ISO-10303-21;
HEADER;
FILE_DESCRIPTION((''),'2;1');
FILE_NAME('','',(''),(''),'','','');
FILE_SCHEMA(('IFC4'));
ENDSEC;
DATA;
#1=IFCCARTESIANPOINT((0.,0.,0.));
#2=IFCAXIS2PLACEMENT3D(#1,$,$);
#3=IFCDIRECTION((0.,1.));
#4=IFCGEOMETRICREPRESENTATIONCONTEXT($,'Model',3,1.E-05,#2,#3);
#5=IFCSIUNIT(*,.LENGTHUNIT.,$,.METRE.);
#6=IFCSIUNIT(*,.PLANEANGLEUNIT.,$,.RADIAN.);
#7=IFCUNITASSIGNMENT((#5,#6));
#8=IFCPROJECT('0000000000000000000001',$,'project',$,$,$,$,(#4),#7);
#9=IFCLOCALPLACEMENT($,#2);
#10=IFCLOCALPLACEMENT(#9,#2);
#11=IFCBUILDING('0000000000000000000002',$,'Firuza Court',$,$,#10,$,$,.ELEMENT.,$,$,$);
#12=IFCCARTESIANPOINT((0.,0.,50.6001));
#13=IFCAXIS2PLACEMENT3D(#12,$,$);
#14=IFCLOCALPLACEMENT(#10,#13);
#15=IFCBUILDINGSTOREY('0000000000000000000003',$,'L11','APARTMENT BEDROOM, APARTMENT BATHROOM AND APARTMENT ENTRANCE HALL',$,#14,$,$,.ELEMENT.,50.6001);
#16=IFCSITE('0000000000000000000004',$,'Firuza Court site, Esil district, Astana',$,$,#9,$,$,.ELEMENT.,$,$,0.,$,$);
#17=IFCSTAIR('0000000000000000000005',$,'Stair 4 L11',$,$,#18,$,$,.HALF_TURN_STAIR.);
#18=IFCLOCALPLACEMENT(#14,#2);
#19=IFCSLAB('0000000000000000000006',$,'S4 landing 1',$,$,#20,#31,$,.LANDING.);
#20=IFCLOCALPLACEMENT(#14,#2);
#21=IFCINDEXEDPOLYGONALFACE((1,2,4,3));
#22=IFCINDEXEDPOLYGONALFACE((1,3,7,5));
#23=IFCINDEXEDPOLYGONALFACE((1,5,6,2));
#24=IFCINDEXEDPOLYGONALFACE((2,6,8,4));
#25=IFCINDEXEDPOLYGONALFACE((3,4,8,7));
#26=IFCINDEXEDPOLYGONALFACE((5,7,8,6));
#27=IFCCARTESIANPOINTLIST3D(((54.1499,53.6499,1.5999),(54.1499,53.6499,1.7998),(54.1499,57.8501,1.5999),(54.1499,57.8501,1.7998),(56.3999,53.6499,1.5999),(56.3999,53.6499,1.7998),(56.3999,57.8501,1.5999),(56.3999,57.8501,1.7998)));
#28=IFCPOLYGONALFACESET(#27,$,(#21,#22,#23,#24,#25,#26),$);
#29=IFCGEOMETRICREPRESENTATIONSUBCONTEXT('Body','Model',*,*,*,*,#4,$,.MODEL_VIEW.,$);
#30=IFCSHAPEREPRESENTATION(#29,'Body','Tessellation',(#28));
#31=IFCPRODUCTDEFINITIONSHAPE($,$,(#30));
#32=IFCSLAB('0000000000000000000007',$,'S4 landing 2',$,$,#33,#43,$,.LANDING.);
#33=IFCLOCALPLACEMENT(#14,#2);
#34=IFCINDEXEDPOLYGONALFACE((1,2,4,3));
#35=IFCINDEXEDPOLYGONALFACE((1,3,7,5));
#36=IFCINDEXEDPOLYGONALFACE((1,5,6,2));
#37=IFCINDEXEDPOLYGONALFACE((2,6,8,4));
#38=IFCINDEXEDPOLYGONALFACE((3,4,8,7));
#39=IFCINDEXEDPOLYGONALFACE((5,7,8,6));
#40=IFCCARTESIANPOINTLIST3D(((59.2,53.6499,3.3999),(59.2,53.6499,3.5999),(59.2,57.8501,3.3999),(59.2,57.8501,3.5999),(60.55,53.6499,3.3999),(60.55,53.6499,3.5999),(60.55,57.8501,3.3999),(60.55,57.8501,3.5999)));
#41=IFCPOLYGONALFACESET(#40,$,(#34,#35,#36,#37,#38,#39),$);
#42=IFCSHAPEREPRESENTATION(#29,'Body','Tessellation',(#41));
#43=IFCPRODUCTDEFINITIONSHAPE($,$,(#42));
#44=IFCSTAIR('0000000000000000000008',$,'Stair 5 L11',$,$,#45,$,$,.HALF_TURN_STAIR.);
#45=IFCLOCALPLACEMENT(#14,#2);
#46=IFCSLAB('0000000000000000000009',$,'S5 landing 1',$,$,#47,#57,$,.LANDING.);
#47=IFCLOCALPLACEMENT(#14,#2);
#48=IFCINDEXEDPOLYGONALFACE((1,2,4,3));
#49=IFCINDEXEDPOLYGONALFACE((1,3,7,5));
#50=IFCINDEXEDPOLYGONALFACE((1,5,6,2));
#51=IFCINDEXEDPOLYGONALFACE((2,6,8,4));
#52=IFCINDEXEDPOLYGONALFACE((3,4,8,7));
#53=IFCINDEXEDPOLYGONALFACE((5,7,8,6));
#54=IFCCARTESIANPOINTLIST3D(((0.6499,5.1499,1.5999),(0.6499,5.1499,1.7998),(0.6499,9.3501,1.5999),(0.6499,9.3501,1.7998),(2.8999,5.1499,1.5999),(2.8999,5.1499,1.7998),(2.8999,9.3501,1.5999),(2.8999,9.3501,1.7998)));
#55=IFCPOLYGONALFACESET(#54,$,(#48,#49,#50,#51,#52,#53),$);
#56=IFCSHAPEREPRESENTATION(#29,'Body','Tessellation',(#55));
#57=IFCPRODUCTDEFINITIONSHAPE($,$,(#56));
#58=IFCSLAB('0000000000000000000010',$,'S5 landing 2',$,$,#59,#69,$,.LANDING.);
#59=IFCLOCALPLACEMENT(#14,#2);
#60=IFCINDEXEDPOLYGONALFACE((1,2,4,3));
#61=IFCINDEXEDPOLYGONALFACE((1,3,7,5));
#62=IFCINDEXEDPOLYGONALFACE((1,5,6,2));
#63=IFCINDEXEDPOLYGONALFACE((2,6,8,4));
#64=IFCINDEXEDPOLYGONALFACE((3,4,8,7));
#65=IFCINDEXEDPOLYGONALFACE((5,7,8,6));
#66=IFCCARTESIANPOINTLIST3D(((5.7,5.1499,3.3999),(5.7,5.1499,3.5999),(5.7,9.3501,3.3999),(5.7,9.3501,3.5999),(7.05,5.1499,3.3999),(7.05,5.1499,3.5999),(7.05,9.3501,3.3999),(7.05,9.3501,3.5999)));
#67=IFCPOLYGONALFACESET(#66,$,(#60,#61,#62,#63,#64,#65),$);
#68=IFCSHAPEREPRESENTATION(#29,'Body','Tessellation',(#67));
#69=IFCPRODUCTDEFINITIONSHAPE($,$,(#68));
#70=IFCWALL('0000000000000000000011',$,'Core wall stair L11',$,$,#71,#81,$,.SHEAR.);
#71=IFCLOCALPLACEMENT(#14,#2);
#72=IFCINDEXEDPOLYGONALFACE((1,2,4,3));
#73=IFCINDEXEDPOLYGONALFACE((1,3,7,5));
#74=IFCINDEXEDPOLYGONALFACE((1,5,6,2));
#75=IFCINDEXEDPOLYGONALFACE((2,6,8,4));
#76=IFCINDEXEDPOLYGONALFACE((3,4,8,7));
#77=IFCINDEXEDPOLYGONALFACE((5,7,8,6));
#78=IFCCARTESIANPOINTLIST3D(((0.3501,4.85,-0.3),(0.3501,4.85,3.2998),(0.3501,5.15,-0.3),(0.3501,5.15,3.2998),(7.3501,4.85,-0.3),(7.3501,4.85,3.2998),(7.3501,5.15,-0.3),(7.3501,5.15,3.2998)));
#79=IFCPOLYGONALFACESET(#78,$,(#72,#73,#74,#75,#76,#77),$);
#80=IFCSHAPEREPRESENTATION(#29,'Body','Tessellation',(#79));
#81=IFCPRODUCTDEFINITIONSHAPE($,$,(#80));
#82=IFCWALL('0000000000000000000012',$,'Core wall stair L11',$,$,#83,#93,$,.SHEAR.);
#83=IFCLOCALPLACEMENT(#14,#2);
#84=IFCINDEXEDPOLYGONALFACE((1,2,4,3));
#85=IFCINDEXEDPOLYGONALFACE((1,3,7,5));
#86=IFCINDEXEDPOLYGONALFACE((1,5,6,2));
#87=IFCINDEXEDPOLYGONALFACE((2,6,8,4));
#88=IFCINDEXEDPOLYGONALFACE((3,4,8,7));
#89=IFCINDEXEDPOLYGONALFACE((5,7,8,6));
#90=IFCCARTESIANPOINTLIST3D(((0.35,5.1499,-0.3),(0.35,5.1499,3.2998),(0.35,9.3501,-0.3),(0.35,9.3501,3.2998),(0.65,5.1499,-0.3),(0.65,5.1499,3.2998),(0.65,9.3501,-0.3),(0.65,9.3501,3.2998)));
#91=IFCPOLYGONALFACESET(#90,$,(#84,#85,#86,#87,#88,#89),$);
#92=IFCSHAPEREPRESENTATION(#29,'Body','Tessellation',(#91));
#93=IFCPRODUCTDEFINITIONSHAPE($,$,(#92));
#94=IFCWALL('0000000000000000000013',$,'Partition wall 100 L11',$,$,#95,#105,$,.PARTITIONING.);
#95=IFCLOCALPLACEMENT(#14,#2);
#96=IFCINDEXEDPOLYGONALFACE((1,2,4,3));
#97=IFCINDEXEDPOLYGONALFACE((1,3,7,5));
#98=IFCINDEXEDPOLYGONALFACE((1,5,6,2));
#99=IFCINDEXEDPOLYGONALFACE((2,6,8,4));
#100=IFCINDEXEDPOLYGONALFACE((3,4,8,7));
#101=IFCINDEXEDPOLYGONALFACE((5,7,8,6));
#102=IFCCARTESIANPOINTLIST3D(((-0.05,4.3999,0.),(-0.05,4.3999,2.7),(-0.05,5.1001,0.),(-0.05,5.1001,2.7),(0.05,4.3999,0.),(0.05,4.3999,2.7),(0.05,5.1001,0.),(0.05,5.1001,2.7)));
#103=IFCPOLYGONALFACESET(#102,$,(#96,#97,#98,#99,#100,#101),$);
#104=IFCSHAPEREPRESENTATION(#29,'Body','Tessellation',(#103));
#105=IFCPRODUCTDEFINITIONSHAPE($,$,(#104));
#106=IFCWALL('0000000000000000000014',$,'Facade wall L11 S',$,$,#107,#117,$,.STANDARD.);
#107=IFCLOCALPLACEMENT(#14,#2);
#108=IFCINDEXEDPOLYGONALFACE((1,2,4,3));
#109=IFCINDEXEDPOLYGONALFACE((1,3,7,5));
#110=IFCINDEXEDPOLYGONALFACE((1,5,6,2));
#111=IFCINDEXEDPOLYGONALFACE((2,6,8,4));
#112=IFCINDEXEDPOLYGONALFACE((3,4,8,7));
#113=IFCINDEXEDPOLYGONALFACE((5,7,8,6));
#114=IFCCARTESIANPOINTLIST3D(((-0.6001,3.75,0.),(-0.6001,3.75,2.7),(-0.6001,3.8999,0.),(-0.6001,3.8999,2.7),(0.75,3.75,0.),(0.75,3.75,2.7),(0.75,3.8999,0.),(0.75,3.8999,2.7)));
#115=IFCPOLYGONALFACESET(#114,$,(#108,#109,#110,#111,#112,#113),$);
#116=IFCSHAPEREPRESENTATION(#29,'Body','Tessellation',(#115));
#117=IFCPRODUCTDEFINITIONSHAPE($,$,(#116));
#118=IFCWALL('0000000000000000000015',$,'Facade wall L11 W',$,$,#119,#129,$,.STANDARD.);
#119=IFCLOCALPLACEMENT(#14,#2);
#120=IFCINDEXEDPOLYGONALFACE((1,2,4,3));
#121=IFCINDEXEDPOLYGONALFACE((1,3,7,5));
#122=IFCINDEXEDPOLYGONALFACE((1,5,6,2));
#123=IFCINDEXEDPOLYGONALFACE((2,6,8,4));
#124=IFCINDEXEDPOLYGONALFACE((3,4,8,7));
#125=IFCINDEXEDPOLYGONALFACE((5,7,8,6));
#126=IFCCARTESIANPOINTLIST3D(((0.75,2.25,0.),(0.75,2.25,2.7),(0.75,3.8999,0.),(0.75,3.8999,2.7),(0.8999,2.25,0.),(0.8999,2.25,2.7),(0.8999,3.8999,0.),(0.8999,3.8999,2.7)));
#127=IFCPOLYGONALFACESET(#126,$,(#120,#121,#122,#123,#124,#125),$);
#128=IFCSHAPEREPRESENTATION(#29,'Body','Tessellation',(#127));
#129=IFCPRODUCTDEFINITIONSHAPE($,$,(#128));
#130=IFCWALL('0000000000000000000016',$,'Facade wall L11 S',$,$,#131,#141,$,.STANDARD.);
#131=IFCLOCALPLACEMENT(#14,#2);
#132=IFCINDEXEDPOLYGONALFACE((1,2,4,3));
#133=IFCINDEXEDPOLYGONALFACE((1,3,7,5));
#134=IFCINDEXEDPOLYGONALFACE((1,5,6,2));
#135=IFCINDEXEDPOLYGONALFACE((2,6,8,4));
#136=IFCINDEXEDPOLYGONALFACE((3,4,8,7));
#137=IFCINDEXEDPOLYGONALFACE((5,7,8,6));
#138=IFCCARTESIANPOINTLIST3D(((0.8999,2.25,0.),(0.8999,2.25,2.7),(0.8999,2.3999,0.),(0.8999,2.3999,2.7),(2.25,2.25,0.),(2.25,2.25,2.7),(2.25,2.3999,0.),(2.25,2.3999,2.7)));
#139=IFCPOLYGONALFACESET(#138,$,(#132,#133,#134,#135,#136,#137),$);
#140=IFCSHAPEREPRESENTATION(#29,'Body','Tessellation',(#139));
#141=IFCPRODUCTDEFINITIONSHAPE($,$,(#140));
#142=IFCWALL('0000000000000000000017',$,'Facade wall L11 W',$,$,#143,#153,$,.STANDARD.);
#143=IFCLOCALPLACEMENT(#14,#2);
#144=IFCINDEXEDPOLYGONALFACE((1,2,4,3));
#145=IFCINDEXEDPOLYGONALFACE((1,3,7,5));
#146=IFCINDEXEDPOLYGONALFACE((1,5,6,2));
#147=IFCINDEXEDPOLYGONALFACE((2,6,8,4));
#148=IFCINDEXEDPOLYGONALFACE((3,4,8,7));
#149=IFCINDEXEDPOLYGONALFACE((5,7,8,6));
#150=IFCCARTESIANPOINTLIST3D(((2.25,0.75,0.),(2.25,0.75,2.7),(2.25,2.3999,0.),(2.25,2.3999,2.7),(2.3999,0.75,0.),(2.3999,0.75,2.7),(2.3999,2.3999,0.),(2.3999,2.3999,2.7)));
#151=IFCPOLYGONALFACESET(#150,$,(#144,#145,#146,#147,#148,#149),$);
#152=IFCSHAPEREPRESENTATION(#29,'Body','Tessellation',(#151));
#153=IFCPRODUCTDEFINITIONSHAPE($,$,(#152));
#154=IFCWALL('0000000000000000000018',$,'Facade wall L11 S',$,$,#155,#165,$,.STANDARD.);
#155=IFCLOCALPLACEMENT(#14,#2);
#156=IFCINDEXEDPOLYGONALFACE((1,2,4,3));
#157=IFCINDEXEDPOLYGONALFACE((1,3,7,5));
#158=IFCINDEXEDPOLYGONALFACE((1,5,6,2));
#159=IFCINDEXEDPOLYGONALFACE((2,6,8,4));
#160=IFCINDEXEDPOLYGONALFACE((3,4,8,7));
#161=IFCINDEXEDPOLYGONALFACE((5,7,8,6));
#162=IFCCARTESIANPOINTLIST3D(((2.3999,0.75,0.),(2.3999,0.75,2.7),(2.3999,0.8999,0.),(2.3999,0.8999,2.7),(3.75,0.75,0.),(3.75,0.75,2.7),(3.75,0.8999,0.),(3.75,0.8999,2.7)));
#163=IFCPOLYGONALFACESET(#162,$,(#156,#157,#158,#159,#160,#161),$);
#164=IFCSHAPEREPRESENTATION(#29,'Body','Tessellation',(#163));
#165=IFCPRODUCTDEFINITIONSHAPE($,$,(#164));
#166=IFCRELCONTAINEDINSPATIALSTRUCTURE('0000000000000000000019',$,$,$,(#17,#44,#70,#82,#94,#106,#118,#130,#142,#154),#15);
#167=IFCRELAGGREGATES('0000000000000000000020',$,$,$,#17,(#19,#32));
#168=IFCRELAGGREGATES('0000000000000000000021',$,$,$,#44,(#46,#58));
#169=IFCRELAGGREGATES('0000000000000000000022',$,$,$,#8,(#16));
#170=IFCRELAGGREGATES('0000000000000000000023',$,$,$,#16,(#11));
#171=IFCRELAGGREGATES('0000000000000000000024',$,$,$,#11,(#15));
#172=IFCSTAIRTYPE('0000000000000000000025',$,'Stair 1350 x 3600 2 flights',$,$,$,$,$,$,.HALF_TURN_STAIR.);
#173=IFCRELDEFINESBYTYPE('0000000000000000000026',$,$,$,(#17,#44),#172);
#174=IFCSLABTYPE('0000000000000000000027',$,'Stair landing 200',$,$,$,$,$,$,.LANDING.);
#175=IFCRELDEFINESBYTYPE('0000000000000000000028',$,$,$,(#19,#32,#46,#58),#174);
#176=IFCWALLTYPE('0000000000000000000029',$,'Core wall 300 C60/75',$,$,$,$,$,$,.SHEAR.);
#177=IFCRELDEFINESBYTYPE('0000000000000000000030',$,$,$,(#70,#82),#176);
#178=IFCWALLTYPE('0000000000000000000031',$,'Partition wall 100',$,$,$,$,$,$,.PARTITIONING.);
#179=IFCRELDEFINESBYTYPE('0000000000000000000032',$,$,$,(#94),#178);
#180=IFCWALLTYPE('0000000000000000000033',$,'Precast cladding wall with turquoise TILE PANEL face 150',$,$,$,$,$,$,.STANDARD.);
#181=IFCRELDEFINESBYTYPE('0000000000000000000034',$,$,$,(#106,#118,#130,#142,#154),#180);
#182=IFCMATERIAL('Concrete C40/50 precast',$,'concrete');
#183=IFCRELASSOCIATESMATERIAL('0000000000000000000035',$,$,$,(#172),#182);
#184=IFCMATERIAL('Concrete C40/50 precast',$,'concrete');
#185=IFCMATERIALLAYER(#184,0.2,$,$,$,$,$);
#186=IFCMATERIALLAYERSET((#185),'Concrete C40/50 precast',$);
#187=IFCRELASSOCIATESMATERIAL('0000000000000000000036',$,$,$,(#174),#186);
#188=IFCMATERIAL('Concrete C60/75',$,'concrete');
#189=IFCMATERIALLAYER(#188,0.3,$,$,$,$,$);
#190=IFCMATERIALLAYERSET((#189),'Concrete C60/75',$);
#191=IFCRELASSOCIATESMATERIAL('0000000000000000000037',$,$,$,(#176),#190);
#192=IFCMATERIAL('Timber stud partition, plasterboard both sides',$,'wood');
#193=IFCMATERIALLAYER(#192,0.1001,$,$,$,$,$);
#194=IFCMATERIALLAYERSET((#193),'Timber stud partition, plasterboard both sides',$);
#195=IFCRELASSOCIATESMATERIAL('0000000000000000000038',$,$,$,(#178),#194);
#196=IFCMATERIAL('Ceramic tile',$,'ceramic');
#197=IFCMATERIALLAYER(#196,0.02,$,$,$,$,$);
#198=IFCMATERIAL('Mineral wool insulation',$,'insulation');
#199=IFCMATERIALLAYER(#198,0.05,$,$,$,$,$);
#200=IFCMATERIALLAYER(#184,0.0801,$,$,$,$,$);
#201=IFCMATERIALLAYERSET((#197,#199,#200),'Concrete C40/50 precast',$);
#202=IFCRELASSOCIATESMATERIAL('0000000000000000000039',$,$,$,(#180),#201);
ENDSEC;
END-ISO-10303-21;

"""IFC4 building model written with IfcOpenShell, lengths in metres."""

from ifc_helpers import new_model, si_unit, direction, frame, frame_2d, origin, place, context, subcontext, project, spatial, polyline, rectangle, outline, extrude, material, layer, layer_set, type_object, element, aggregate, save


model = new_model("IFC4")

# Units and contexts
model_context = context("Model", 3, precision=1e-05, world=origin(), true_north=direction((0.0, 1.0)))
body_context = subcontext(model_context, "Body", "Model", "MODEL_VIEW")
ifc_project = project(units=[si_unit("LENGTHUNIT", "METRE"), si_unit("PLANEANGLEUNIT", "RADIAN")], contexts=[model_context])

# Site, building, storey
site_placement = place(None, origin())
site = spatial("IfcSite", under=ifc_project, at=site_placement, Name="Firuza Court site, Esil district, Astana", CompositionType="ELEMENT", RefElevation=0.0)
building_placement = place(site_placement, origin())
building = spatial("IfcBuilding", under=site, at=building_placement, Name="Firuza Court", CompositionType="ELEMENT")
storey_placement = place(building_placement, frame((0.0, 0.0, 50.6001)))
storey = spatial("IfcBuildingStorey", under=building, at=storey_placement, Name="L11", Description="APARTMENT BEDROOM, APARTMENT BATHROOM AND APARTMENT ENTRANCE HALL", CompositionType="ELEMENT", Elevation=50.6001)

# Stairs, slabs
ifc_material_1 = material(Name="Concrete C40/50 precast", Category="concrete")
stair_type = type_object("IfcStairType", Name="Stair 1350 x 3600 2 flights", PredefinedType="HALF_TURN_STAIR", material=ifc_material_1)
ifc_material_2 = material(Name="Concrete C40/50 precast", Category="concrete")
ifc_layer_1 = layer(ifc_material_2, 0.2)
ifc_layer_set_1 = layer_set([ifc_layer_1], Name="Concrete C40/50 precast")
slab_type_1 = type_object("IfcSlabType", Name="Stair landing 200", PredefinedType="LANDING", material=ifc_layer_set_1)
stair_1_placement = place(storey_placement, origin())
stair_1 = element("IfcStair", 1, at=stair_1_placement, inside=storey, type_object=stair_type, Name="Stair 4 L11", PredefinedType="HALF_TURN_STAIR")
slab_1_placement = place(storey_placement, frame((0.0, 0.0, 1.5999)))
slab_1 = element("IfcSlab", 2, at=slab_1_placement, type_object=slab_type_1, Name="S4 landing 1", PredefinedType="LANDING", context=body_context, shape_type="SweptSolid", body=[
    extrude(outline(polyline([(56.3999, 53.6499), (56.3999, 57.8501), (54.1499, 57.8501), (54.1499, 53.6499), (56.3999, 53.6499)])), origin(), (0.0, 0.0, 1.0), 0.2),
])
slab_2_placement = place(storey_placement, frame((0.0, 0.0, 3.3999)))
slab_2 = element("IfcSlab", 3, at=slab_2_placement, type_object=slab_type_1, Name="S4 landing 2", PredefinedType="LANDING", context=body_context, shape_type="SweptSolid", body=[
    extrude(outline(polyline([(60.55, 53.6499), (60.55, 57.8501), (59.2, 57.8501), (59.2, 53.6499), (60.55, 53.6499)])), origin(), (0.0, 0.0, 1.0), 0.2),
])
aggregate(stair_1, [slab_1, slab_2])
stair_2_placement = place(storey_placement, origin())
stair_2 = element("IfcStair", 4, at=stair_2_placement, inside=storey, type_object=stair_type, Name="Stair 5 L11", PredefinedType="HALF_TURN_STAIR")
slab_3_placement = place(storey_placement, frame((0.0, 0.0, 1.5999)))
slab_3 = element("IfcSlab", 5, at=slab_3_placement, type_object=slab_type_1, Name="S5 landing 1", PredefinedType="LANDING", context=body_context, shape_type="SweptSolid", body=[
    extrude(outline(polyline([(2.8999, 5.1499), (2.8999, 9.3501), (0.6499, 9.3501), (0.6499, 5.1499), (2.8999, 5.1499)])), origin(), (0.0, 0.0, 1.0), 0.2),
])
slab_4_placement = place(storey_placement, frame((0.0, 0.0, 3.3999)))
slab_4 = element("IfcSlab", 6, at=slab_4_placement, type_object=slab_type_1, Name="S5 landing 2", PredefinedType="LANDING", context=body_context, shape_type="SweptSolid", body=[
    extrude(outline(polyline([(7.05, 5.1499), (7.05, 9.3501), (5.7, 9.3501), (5.7, 5.1499), (7.05, 5.1499)])), origin(), (0.0, 0.0, 1.0), 0.2),
])
aggregate(stair_2, [slab_3, slab_4])

# Walls
ifc_material_3 = material(Name="Concrete C60/75", Category="concrete")
ifc_layer_2 = layer(ifc_material_3, 0.3)
ifc_layer_set_2 = layer_set([ifc_layer_2], Name="Concrete C60/75")
wall_type_1 = type_object("IfcWallType", Name="Core wall 300 C60/75", PredefinedType="SHEAR", material=ifc_layer_set_2)
wall_1_placement = place(storey_placement, frame((0.3501, 5.0, -0.3), z_axis=(0.0, 0.0, 1.0), x_axis=(1.0, 0.0, 0.0)))
element("IfcWall", 7, at=wall_1_placement, inside=storey, type_object=wall_type_1, Name="Core wall stair L11", PredefinedType="SHEAR", context=body_context, shape_type="SweptSolid", body=[
    extrude(rectangle(XDim=7.0, YDim=0.3, at=frame_2d((3.5, 0.0))), origin(), (0.0, 0.0, 1.0), 3.5999),
])
wall_2_placement = place(storey_placement, frame((0.5, 5.1499, -0.3), z_axis=(0.0, 0.0, 1.0), x_axis=(0.0, 1.0, 0.0)))
element("IfcWall", 8, at=wall_2_placement, inside=storey, type_object=wall_type_1, Name="Core wall stair L11", PredefinedType="SHEAR", context=body_context, shape_type="SweptSolid", body=[
    extrude(rectangle(XDim=4.2002, YDim=0.3, at=frame_2d((2.1001, 0.0))), origin(), (0.0, 0.0, 1.0), 3.5999),
])
ifc_material_4 = material(Name="Timber stud partition, plasterboard both sides", Category="wood")
ifc_layer_3 = layer(ifc_material_4, 0.1001)
ifc_layer_set_3 = layer_set([ifc_layer_3], Name="Timber stud partition, plasterboard both sides")
wall_type_2 = type_object("IfcWallType", Name="Partition wall 100", PredefinedType="PARTITIONING", material=ifc_layer_set_3)
wall_3_placement = place(storey_placement, frame((0.0, 4.3999, 0.0), z_axis=(0.0, 0.0, 1.0), x_axis=(0.0, 1.0, 0.0)))
element("IfcWall", 9, at=wall_3_placement, inside=storey, type_object=wall_type_2, Name="Partition wall 100 L11", PredefinedType="PARTITIONING", context=body_context, shape_type="SweptSolid", body=[
    extrude(rectangle(XDim=0.7002, YDim=0.1001, at=frame_2d((0.3501, 0.0))), origin(), (0.0, 0.0, 1.0), 2.7),
])
ifc_material_5 = material(Name="Ceramic tile", Category="ceramic")
ifc_layer_4 = layer(ifc_material_5, 0.02)
ifc_material_6 = material(Name="Mineral wool insulation", Category="insulation")
ifc_layer_5 = layer(ifc_material_6, 0.05)
ifc_layer_6 = layer(ifc_material_2, 0.0801)
ifc_layer_set_4 = layer_set([ifc_layer_4, ifc_layer_5, ifc_layer_6], Name="Concrete C40/50 precast")
wall_type_3 = type_object("IfcWallType", Name="Precast cladding wall with turquoise TILE PANEL face 150", PredefinedType="STANDARD", material=ifc_layer_set_4)
wall_4_placement = place(storey_placement, frame((-0.6001, 3.825, 0.0), z_axis=(0.0, 0.0, 1.0), x_axis=(1.0, 0.0, 0.0)))
element("IfcWall", 10, at=wall_4_placement, inside=storey, type_object=wall_type_3, Name="Facade wall L11 S", PredefinedType="STANDARD", context=body_context, shape_type="SweptSolid", body=[
    extrude(rectangle(XDim=1.3501, YDim=0.1499, at=frame_2d((0.675, 0.0))), origin(), (0.0, 0.0, 1.0), 2.7),
])
wall_5_placement = place(storey_placement, frame((0.825, 3.8999, 0.0), z_axis=(0.0, 0.0, 1.0), x_axis=(0.0, -1.0, 0.0)))
element("IfcWall", 11, at=wall_5_placement, inside=storey, type_object=wall_type_3, Name="Facade wall L11 W", PredefinedType="STANDARD", context=body_context, shape_type="SweptSolid", body=[
    extrude(rectangle(XDim=1.6499, YDim=0.1499, at=frame_2d((0.825, 0.0))), origin(), (0.0, 0.0, 1.0), 2.7),
])
wall_6_placement = place(storey_placement, frame((0.8999, 2.325, 0.0), z_axis=(0.0, 0.0, 1.0), x_axis=(1.0, 0.0, 0.0)))
element("IfcWall", 12, at=wall_6_placement, inside=storey, type_object=wall_type_3, Name="Facade wall L11 S", PredefinedType="STANDARD", context=body_context, shape_type="SweptSolid", body=[
    extrude(rectangle(XDim=1.3501, YDim=0.1499, at=frame_2d((0.675, 0.0))), origin(), (0.0, 0.0, 1.0), 2.7),
])
wall_7_placement = place(storey_placement, frame((2.325, 2.3999, 0.0), z_axis=(0.0, 0.0, 1.0), x_axis=(0.0, -1.0, 0.0)))
element("IfcWall", 13, at=wall_7_placement, inside=storey, type_object=wall_type_3, Name="Facade wall L11 W", PredefinedType="STANDARD", context=body_context, shape_type="SweptSolid", body=[
    extrude(rectangle(XDim=1.6499, YDim=0.1499, at=frame_2d((0.825, 0.0))), origin(), (0.0, 0.0, 1.0), 2.7),
])
wall_8_placement = place(storey_placement, frame((2.3999, 0.825, 0.0), z_axis=(0.0, 0.0, 1.0), x_axis=(1.0, 0.0, 0.0)))
element("IfcWall", 14, at=wall_8_placement, inside=storey, type_object=wall_type_3, Name="Facade wall L11 S", PredefinedType="STANDARD", context=body_context, shape_type="SweptSolid", body=[
    extrude(rectangle(XDim=1.3501, YDim=0.1499, at=frame_2d((0.675, 0.0))), origin(), (0.0, 0.0, 1.0), 2.7),
])

save(model, "model.ifc")
